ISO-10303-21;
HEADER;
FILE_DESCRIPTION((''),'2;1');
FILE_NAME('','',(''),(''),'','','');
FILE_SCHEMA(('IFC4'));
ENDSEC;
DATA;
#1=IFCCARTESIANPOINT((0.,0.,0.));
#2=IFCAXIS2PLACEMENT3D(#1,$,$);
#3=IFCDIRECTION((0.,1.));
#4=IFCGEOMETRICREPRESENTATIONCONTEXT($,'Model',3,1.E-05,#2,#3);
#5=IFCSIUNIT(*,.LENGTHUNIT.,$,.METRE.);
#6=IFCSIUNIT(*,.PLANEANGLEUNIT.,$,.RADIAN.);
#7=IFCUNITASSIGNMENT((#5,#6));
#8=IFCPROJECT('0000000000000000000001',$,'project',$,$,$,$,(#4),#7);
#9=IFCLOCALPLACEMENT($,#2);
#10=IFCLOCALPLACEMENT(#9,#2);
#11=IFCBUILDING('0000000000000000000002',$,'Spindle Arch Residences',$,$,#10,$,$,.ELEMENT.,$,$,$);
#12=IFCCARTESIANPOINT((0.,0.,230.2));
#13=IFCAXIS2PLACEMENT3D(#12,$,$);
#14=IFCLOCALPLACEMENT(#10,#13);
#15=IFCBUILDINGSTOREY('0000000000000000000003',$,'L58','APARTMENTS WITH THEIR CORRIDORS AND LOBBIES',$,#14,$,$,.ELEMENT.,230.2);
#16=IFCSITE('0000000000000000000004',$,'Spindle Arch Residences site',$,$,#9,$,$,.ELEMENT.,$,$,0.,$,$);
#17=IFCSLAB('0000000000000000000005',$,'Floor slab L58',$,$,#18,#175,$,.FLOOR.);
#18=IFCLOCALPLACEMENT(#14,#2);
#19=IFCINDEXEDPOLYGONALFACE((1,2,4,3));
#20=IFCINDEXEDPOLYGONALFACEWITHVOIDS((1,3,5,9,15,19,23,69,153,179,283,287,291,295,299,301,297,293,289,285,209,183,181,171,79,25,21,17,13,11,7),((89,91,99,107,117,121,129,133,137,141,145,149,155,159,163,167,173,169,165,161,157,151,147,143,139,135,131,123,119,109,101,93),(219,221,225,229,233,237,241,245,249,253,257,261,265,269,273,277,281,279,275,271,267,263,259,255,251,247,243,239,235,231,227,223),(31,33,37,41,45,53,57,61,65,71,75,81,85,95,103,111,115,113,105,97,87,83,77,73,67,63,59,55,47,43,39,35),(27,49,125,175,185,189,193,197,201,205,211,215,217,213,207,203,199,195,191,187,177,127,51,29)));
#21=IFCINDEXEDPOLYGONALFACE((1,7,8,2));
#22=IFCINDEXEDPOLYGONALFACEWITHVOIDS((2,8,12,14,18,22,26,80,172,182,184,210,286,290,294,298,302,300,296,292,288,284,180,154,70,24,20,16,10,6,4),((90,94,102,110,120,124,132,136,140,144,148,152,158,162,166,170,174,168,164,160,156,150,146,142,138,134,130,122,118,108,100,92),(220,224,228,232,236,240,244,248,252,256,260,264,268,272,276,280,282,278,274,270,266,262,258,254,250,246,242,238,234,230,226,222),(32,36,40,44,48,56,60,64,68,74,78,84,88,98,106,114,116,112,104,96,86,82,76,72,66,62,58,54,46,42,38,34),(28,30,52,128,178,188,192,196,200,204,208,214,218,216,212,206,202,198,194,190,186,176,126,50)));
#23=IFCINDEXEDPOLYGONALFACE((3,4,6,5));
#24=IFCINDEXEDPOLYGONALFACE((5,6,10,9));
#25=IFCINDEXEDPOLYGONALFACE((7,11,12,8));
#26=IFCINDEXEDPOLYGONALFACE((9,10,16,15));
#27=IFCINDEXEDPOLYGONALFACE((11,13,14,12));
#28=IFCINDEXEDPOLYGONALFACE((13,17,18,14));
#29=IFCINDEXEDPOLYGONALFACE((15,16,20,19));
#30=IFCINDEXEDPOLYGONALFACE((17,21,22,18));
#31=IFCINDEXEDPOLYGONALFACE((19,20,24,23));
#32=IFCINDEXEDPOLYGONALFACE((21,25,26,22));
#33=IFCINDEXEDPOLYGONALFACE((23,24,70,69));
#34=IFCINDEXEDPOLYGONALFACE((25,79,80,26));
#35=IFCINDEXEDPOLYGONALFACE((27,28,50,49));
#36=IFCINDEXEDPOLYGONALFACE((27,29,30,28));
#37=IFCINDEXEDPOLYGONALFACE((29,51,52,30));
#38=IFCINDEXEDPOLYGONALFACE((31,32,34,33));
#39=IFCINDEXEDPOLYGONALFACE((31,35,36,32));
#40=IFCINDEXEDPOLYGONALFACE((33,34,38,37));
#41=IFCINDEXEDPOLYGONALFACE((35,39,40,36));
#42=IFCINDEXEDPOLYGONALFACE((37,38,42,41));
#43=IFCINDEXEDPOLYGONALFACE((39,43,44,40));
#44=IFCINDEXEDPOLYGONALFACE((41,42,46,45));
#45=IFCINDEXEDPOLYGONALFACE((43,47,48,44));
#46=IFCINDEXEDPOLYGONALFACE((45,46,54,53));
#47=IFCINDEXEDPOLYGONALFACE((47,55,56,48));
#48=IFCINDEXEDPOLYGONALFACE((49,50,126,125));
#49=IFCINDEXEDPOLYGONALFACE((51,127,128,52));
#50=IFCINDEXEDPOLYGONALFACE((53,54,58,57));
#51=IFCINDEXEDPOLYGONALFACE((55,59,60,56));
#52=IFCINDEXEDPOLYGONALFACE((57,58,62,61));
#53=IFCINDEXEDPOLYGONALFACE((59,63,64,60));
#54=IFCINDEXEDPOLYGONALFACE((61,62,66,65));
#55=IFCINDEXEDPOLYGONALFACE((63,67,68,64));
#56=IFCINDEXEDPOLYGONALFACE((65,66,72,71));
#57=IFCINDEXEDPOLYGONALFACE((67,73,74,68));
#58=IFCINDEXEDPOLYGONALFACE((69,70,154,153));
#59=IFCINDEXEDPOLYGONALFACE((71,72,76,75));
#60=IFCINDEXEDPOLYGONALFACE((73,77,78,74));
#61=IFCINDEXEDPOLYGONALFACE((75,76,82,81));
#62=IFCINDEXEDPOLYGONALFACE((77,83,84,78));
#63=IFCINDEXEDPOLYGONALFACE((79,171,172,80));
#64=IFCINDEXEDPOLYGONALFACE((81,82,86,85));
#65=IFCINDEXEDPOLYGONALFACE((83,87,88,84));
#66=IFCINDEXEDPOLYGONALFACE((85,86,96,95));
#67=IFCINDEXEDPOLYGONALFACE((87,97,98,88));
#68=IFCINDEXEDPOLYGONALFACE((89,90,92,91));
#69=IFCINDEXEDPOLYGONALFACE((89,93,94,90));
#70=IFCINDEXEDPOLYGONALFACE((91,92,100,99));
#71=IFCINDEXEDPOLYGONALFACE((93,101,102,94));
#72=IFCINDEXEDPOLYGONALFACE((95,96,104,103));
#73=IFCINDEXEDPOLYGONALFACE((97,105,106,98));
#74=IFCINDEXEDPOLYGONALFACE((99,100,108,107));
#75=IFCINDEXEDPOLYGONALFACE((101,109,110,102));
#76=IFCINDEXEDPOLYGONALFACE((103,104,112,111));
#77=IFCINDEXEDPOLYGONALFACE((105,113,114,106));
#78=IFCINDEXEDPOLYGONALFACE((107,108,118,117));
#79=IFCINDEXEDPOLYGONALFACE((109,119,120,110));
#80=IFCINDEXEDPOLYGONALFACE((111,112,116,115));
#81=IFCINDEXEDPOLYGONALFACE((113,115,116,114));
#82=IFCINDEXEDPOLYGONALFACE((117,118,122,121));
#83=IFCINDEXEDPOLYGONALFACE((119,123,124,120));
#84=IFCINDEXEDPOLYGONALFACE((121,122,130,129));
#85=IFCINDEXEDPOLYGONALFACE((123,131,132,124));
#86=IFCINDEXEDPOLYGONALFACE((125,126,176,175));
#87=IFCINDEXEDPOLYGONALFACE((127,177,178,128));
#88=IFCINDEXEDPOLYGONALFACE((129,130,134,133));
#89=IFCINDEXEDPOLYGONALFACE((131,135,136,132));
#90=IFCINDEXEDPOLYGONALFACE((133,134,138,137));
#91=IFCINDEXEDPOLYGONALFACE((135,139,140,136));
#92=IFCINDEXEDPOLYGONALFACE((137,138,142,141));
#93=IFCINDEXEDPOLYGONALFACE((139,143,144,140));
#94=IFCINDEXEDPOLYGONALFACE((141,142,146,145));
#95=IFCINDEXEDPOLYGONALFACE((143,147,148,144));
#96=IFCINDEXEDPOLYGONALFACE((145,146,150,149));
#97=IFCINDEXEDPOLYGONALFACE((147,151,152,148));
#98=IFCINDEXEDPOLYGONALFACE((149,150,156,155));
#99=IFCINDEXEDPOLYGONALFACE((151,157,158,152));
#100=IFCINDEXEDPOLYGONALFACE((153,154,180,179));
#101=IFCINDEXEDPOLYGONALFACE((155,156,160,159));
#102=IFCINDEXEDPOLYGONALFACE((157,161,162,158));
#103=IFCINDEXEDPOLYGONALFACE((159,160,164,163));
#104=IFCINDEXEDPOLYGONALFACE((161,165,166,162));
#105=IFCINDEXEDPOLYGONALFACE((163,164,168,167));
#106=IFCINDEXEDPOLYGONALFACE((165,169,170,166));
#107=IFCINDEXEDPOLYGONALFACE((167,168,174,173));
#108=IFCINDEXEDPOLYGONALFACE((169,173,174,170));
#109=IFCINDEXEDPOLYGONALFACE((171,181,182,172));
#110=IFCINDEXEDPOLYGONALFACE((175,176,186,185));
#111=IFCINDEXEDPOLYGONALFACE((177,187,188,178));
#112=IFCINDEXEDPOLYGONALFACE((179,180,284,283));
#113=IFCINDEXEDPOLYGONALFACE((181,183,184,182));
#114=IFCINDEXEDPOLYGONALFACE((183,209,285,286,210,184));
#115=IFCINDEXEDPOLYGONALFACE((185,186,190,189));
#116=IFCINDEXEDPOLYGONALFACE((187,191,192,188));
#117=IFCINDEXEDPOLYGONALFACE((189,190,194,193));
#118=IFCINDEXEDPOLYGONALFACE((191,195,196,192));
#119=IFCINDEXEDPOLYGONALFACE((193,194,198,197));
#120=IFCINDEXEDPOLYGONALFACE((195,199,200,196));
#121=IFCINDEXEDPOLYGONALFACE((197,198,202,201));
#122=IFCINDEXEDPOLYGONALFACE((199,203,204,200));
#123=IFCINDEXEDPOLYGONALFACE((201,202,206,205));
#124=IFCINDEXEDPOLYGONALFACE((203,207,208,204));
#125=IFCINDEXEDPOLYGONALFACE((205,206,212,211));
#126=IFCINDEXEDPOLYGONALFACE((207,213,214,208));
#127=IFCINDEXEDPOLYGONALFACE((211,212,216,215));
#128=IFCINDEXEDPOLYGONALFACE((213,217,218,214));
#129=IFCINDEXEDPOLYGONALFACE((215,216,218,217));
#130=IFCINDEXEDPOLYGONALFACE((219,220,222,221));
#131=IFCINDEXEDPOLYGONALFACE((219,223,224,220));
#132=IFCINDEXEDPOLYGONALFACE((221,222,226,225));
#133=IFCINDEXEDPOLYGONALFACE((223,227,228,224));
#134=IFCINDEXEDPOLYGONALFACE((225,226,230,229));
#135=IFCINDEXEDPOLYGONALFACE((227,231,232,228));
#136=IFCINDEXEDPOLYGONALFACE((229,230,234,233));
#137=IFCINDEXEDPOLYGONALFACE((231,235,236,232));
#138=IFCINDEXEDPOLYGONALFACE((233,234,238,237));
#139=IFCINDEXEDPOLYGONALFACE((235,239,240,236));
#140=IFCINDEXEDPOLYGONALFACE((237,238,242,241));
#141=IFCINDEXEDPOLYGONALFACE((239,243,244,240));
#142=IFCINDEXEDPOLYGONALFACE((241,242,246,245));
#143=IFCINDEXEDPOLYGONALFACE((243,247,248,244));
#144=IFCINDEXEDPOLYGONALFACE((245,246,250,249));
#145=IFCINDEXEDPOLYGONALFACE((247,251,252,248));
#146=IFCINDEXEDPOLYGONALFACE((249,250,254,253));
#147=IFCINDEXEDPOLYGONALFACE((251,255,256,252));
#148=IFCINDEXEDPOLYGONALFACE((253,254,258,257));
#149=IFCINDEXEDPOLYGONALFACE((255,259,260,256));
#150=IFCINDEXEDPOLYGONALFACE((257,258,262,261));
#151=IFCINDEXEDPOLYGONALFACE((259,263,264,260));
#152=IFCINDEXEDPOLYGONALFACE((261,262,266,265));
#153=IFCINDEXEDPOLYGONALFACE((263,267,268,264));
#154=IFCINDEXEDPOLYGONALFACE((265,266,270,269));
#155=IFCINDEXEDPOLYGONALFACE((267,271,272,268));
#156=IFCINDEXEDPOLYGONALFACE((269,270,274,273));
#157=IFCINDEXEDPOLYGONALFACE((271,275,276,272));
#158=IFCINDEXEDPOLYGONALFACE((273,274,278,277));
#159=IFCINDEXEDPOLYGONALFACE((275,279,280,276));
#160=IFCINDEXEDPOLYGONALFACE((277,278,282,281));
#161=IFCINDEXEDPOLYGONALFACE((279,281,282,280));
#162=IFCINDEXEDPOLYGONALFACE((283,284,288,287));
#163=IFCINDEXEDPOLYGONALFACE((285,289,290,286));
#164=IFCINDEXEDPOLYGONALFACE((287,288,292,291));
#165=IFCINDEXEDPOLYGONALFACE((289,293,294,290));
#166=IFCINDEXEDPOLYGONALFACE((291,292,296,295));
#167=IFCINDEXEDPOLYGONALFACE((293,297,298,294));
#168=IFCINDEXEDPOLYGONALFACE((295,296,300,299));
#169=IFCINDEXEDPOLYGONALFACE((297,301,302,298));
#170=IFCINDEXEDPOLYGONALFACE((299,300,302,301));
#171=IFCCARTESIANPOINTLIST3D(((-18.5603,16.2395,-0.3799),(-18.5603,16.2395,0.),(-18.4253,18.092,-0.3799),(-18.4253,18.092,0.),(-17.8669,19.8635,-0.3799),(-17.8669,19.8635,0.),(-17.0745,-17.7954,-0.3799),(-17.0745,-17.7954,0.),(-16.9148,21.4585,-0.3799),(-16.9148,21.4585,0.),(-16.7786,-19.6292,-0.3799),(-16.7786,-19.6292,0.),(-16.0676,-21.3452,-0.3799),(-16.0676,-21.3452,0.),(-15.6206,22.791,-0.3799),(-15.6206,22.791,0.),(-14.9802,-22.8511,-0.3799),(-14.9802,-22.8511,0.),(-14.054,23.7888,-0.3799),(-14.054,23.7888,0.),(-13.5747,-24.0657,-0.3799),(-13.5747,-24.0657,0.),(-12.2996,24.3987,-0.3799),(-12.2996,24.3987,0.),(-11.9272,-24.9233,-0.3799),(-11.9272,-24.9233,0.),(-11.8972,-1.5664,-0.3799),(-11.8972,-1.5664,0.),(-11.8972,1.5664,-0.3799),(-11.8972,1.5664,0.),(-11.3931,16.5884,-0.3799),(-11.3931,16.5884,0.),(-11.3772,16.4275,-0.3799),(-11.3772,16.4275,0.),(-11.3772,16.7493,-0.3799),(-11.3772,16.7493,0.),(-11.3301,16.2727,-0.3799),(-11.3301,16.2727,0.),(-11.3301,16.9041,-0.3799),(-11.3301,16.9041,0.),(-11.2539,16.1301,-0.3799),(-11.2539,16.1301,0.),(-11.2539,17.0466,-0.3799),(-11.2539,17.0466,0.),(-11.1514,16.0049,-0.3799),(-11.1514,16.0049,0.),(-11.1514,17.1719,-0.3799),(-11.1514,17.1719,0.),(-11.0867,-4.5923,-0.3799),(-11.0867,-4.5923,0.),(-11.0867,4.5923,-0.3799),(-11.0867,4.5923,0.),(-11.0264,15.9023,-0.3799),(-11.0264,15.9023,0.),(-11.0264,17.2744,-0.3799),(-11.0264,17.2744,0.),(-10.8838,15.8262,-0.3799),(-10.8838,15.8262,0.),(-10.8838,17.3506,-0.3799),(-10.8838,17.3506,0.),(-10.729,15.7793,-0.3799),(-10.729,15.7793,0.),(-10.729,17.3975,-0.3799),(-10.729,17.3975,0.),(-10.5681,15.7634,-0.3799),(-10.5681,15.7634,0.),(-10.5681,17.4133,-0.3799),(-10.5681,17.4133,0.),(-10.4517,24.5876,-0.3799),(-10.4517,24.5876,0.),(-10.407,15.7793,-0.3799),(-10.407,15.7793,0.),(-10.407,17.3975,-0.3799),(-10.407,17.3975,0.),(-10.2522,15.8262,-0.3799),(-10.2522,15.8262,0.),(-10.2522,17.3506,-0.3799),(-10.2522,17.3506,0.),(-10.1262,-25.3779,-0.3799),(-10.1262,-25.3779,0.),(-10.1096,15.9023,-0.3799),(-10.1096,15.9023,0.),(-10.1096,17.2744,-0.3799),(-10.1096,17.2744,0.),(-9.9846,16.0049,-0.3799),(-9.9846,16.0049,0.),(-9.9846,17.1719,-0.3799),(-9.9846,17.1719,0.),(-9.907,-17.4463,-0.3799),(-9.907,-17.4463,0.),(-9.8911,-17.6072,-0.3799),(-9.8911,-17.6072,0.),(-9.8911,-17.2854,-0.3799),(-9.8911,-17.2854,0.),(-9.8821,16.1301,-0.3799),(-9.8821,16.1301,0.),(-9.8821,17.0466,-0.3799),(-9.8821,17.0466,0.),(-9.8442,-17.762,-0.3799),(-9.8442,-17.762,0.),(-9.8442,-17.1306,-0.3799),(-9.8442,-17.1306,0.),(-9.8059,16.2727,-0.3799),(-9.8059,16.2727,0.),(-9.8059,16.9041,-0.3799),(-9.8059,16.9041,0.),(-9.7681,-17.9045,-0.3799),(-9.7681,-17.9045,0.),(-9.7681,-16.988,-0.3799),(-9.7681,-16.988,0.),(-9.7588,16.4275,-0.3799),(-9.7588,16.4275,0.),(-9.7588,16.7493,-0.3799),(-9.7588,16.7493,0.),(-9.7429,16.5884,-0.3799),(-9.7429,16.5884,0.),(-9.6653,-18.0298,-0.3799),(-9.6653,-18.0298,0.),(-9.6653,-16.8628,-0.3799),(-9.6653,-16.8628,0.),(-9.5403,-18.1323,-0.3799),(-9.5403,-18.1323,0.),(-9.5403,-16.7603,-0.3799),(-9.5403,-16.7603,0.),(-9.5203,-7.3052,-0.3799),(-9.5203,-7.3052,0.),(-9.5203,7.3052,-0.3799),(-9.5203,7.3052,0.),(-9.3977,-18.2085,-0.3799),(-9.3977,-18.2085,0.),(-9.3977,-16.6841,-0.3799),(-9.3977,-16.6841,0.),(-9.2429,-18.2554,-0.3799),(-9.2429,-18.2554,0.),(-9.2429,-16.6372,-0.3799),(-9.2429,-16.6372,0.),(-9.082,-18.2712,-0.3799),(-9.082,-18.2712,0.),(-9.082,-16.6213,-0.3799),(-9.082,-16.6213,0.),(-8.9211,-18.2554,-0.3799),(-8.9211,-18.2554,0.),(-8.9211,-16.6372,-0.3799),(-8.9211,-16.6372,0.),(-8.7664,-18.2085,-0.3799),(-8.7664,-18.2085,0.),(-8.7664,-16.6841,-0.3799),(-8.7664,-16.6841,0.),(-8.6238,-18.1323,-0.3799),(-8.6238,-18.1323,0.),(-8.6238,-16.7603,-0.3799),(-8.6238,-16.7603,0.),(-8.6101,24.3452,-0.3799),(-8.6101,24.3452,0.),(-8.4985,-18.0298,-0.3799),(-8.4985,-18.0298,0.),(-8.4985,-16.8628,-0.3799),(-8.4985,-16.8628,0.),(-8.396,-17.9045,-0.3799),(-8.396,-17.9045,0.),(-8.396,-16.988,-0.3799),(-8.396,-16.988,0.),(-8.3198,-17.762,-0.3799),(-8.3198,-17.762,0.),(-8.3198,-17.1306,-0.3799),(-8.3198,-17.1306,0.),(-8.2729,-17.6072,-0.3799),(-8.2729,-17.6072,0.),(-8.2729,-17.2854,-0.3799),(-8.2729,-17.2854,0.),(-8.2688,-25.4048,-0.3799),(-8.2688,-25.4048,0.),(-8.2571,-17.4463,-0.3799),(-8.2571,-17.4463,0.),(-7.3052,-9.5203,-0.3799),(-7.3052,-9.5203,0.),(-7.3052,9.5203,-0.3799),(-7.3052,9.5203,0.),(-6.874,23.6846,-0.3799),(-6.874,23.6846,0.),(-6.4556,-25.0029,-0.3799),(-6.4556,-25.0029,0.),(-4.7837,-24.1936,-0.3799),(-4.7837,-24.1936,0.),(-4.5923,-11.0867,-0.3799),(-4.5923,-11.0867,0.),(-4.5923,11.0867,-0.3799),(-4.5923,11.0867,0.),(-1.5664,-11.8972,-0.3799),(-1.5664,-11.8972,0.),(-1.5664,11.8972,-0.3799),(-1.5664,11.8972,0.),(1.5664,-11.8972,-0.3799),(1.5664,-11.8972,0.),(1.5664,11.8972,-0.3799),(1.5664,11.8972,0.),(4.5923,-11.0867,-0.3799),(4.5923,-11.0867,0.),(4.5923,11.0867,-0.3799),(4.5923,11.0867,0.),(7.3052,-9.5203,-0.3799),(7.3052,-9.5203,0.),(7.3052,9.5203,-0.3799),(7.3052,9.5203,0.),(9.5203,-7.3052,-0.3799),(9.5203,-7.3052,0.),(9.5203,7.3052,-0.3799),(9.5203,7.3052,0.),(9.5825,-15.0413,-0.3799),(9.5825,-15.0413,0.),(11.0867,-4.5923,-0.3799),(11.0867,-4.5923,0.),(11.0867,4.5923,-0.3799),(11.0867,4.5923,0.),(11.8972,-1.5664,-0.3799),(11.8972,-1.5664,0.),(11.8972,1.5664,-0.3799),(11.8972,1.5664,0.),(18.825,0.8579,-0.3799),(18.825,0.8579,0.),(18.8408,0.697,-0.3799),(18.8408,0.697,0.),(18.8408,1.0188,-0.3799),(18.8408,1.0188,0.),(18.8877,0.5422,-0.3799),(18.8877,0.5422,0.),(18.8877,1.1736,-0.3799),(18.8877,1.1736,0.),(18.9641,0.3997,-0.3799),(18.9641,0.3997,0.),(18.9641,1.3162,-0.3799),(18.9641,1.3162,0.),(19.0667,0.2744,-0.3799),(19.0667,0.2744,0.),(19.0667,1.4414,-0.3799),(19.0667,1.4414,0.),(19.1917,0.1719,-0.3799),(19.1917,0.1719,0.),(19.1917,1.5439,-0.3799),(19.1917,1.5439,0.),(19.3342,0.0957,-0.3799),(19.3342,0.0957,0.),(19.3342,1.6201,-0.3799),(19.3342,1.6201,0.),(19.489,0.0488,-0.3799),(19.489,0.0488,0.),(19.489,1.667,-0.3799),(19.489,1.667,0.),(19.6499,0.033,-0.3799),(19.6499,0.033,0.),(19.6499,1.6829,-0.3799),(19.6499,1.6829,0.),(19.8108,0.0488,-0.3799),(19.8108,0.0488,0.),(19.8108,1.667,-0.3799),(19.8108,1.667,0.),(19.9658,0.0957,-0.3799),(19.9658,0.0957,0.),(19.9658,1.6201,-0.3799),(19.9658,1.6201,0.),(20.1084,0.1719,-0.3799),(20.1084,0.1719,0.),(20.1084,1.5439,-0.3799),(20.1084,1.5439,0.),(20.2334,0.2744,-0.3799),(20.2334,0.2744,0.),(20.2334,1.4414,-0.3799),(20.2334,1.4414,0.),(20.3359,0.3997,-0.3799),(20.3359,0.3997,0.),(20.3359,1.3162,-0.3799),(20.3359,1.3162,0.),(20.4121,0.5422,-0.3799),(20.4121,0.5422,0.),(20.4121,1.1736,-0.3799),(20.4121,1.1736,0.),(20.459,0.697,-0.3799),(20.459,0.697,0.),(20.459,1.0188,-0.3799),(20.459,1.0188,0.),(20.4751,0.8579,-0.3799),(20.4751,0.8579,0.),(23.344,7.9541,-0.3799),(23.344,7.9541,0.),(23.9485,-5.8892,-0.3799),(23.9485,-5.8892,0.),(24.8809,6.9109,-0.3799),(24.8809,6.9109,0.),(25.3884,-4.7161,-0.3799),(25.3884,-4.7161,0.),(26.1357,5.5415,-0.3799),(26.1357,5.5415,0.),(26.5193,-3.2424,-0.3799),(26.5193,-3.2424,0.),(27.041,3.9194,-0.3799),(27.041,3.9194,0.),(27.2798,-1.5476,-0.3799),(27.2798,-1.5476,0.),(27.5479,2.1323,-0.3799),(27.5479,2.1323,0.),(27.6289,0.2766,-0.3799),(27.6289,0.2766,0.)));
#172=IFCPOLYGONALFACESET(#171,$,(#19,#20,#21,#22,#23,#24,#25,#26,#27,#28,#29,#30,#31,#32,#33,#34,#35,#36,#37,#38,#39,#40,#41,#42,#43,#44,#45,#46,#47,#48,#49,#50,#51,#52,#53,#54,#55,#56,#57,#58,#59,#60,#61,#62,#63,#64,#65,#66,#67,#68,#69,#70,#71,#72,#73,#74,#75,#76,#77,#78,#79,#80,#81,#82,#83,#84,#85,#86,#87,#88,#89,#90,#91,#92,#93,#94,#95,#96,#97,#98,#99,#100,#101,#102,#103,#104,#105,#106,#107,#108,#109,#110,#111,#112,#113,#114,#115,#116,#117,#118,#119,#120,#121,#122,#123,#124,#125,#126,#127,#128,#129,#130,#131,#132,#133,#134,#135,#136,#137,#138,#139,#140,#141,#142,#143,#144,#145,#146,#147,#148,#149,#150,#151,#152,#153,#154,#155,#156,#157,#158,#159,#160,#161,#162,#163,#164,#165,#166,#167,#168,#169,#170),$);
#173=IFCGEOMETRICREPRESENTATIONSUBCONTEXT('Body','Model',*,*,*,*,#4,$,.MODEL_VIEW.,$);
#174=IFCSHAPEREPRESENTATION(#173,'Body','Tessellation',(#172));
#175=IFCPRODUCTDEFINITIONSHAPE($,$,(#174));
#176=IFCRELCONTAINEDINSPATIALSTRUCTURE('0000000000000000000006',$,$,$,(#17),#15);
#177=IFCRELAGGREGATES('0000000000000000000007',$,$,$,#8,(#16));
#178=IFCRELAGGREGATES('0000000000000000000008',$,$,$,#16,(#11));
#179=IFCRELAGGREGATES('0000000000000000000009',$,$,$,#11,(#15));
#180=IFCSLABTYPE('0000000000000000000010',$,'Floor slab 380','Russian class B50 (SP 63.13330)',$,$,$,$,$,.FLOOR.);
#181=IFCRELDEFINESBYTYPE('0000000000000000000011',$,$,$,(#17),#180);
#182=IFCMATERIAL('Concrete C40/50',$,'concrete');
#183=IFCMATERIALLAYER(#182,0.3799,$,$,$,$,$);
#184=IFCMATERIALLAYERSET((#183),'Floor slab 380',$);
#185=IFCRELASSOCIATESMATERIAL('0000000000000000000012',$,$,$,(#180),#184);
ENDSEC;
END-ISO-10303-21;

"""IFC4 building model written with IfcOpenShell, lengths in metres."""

from ifc_helpers import new_model, si_unit, direction, frame, origin, place, context, subcontext, project, spatial, polyline, outline, extrude, material, layer, layer_set, type_object, element, save


model = new_model("IFC4")

# Units and contexts
model_context = context("Model", 3, precision=1e-05, world=origin(), true_north=direction((0.0, 1.0)))
body_context = subcontext(model_context, "Body", "Model", "MODEL_VIEW")
ifc_project = project(units=[si_unit("LENGTHUNIT", "METRE"), si_unit("PLANEANGLEUNIT", "RADIAN")], contexts=[model_context])

# Site, building, storey
site_placement = place(None, origin())
site = spatial("IfcSite", under=ifc_project, at=site_placement, Name="Spindle Arch Residences site", CompositionType="ELEMENT", RefElevation=0.0)
building_placement = place(site_placement, origin())
building = spatial("IfcBuilding", under=site, at=building_placement, Name="Spindle Arch Residences", CompositionType="ELEMENT")
storey_placement = place(building_placement, frame((0.0, 0.0, 230.2)))
storey = spatial("IfcBuildingStorey", under=building, at=storey_placement, Name="L58", Description="APARTMENTS WITH THEIR CORRIDORS AND LOBBIES", CompositionType="ELEMENT", Elevation=230.2)

# Slab
ifc_material_1 = material(Name="Concrete C40/50", Category="concrete")
ifc_layer_1 = layer(ifc_material_1, 0.3799)
ifc_layer_set_1 = layer_set([ifc_layer_1], Name="Floor slab 380")
slab_type_1 = type_object("IfcSlabType", Name="Floor slab 380", Description="Russian class B50 (SP 63.13330)", PredefinedType="FLOOR", material=ifc_layer_set_1)
slab_1_placement = place(storey_placement, frame((0.0, 0.0, -0.3799)))
element("IfcSlab", 1, at=slab_1_placement, inside=storey, type_object=slab_type_1, Name="Floor slab L58", PredefinedType="FLOOR", context=body_context, shape_type="SweptSolid", body=[
    extrude(outline(polyline([(-6.4556, -25.0029), (-8.2688, -25.4048), (-10.1262, -25.3779), (-11.9272, -24.9233), (-13.5747, -24.0657), (-14.9802, -22.8511), (-16.0676, -21.3452), (-16.7786, -19.6292), (-17.0745, -17.7954), (-18.5603, 16.2395), (-18.4253, 18.092), (-17.8669, 19.8635), (-16.9148, 21.4585), (-15.6206, 22.791), (-14.054, 23.7888), (-12.2996, 24.3987), (-10.4517, 24.5876), (-8.6101, 24.3452), (-6.874, 23.6846), (23.344, 7.9541), (24.8809, 6.9109), (26.1357, 5.5415), (27.041, 3.9194), (27.5479, 2.1323), (27.6289, 0.2766), (27.2798, -1.5476), (26.5193, -3.2424), (25.3884, -4.7161), (23.9485, -5.8892), (9.5825, -15.0413), (-4.7837, -24.1936), (-6.4556, -25.0029)]), holes=[polyline([(7.3052, -9.5203), (9.5203, -7.3052), (11.0867, -4.5923), (11.8972, -1.5664), (11.8972, 1.5664), (11.0867, 4.5923), (9.5203, 7.3052), (7.3052, 9.5203), (4.5923, 11.0867), (1.5664, 11.8972), (-1.5664, 11.8972), (-4.5923, 11.0867), (-7.3052, 9.5203), (-9.5203, 7.3052), (-11.0867, 4.5923), (-11.8972, 1.5664), (-11.8972, -1.5664), (-11.0867, -4.5923), (-9.5203, -7.3052), (-7.3052, -9.5203), (-4.5923, -11.0867), (-1.5664, -11.8972), (1.5664, -11.8972), (4.5923, -11.0867), (7.3052, -9.5203)]), polyline([(-8.396, -17.9045), (-8.3198, -17.762), (-8.2729, -17.6072), (-8.2571, -17.4463), (-8.2729, -17.2854), (-8.3198, -17.1306), (-8.396, -16.988), (-8.4985, -16.8628), (-8.6238, -16.7603), (-8.7664, -16.6841), (-8.9211, -16.6372), (-9.082, -16.6213), (-9.2429, -16.6372), (-9.3977, -16.6841), (-9.5403, -16.7603), (-9.6653, -16.8628), (-9.7681, -16.988), (-9.8442, -17.1306), (-9.8911, -17.2854), (-9.907, -17.4463), (-9.8911, -17.6072), (-9.8442, -17.762), (-9.7681, -17.9045), (-9.6653, -18.0298), (-9.5403, -18.1323), (-9.3977, -18.2085), (-9.2429, -18.2554), (-9.082, -18.2712), (-8.9211, -18.2554), (-8.7664, -18.2085), (-8.6238, -18.1323), (-8.4985, -18.0298), (-8.396, -17.9045)]), polyline([(-9.8821, 16.1301), (-9.8059, 16.2727), (-9.7588, 16.4275), (-9.7429, 16.5884), (-9.7588, 16.7493), (-9.8059, 16.9041), (-9.8821, 17.0466), (-9.9846, 17.1719), (-10.1096, 17.2744), (-10.2522, 17.3506), (-10.407, 17.3975), (-10.5681, 17.4133), (-10.729, 17.3975), (-10.8838, 17.3506), (-11.0264, 17.2744), (-11.1514, 17.1719), (-11.2539, 17.0466), (-11.3301, 16.9041), (-11.3772, 16.7493), (-11.3931, 16.5884), (-11.3772, 16.4275), (-11.3301, 16.2727), (-11.2539, 16.1301), (-11.1514, 16.0049), (-11.0264, 15.9023), (-10.8838, 15.8262), (-10.729, 15.7793), (-10.5681, 15.7634), (-10.407, 15.7793), (-10.2522, 15.8262), (-10.1096, 15.9023), (-9.9846, 16.0049), (-9.8821, 16.1301)]), polyline([(20.2334, 0.2744), (20.3359, 0.3997), (20.4121, 0.5422), (20.459, 0.697), (20.4751, 0.8579), (20.459, 1.0188), (20.4121, 1.1736), (20.3359, 1.3162), (20.2334, 1.4414), (20.1084, 1.5439), (19.9658, 1.6201), (19.8108, 1.667), (19.6499, 1.6829), (19.489, 1.667), (19.3342, 1.6201), (19.1917, 1.5439), (19.0667, 1.4414), (18.9641, 1.3162), (18.8877, 1.1736), (18.8408, 1.0188), (18.825, 0.8579), (18.8408, 0.697), (18.8877, 0.5422), (18.9641, 0.3997), (19.0667, 0.2744), (19.1917, 0.1719), (19.3342, 0.0957), (19.489, 0.0488), (19.6499, 0.033), (19.8108, 0.0488), (19.9658, 0.0957), (20.1084, 0.1719), (20.2334, 0.2744)])]), origin(), (0.0, 0.0, 1.0), 0.3799),
])

save(model, "model.ifc")
